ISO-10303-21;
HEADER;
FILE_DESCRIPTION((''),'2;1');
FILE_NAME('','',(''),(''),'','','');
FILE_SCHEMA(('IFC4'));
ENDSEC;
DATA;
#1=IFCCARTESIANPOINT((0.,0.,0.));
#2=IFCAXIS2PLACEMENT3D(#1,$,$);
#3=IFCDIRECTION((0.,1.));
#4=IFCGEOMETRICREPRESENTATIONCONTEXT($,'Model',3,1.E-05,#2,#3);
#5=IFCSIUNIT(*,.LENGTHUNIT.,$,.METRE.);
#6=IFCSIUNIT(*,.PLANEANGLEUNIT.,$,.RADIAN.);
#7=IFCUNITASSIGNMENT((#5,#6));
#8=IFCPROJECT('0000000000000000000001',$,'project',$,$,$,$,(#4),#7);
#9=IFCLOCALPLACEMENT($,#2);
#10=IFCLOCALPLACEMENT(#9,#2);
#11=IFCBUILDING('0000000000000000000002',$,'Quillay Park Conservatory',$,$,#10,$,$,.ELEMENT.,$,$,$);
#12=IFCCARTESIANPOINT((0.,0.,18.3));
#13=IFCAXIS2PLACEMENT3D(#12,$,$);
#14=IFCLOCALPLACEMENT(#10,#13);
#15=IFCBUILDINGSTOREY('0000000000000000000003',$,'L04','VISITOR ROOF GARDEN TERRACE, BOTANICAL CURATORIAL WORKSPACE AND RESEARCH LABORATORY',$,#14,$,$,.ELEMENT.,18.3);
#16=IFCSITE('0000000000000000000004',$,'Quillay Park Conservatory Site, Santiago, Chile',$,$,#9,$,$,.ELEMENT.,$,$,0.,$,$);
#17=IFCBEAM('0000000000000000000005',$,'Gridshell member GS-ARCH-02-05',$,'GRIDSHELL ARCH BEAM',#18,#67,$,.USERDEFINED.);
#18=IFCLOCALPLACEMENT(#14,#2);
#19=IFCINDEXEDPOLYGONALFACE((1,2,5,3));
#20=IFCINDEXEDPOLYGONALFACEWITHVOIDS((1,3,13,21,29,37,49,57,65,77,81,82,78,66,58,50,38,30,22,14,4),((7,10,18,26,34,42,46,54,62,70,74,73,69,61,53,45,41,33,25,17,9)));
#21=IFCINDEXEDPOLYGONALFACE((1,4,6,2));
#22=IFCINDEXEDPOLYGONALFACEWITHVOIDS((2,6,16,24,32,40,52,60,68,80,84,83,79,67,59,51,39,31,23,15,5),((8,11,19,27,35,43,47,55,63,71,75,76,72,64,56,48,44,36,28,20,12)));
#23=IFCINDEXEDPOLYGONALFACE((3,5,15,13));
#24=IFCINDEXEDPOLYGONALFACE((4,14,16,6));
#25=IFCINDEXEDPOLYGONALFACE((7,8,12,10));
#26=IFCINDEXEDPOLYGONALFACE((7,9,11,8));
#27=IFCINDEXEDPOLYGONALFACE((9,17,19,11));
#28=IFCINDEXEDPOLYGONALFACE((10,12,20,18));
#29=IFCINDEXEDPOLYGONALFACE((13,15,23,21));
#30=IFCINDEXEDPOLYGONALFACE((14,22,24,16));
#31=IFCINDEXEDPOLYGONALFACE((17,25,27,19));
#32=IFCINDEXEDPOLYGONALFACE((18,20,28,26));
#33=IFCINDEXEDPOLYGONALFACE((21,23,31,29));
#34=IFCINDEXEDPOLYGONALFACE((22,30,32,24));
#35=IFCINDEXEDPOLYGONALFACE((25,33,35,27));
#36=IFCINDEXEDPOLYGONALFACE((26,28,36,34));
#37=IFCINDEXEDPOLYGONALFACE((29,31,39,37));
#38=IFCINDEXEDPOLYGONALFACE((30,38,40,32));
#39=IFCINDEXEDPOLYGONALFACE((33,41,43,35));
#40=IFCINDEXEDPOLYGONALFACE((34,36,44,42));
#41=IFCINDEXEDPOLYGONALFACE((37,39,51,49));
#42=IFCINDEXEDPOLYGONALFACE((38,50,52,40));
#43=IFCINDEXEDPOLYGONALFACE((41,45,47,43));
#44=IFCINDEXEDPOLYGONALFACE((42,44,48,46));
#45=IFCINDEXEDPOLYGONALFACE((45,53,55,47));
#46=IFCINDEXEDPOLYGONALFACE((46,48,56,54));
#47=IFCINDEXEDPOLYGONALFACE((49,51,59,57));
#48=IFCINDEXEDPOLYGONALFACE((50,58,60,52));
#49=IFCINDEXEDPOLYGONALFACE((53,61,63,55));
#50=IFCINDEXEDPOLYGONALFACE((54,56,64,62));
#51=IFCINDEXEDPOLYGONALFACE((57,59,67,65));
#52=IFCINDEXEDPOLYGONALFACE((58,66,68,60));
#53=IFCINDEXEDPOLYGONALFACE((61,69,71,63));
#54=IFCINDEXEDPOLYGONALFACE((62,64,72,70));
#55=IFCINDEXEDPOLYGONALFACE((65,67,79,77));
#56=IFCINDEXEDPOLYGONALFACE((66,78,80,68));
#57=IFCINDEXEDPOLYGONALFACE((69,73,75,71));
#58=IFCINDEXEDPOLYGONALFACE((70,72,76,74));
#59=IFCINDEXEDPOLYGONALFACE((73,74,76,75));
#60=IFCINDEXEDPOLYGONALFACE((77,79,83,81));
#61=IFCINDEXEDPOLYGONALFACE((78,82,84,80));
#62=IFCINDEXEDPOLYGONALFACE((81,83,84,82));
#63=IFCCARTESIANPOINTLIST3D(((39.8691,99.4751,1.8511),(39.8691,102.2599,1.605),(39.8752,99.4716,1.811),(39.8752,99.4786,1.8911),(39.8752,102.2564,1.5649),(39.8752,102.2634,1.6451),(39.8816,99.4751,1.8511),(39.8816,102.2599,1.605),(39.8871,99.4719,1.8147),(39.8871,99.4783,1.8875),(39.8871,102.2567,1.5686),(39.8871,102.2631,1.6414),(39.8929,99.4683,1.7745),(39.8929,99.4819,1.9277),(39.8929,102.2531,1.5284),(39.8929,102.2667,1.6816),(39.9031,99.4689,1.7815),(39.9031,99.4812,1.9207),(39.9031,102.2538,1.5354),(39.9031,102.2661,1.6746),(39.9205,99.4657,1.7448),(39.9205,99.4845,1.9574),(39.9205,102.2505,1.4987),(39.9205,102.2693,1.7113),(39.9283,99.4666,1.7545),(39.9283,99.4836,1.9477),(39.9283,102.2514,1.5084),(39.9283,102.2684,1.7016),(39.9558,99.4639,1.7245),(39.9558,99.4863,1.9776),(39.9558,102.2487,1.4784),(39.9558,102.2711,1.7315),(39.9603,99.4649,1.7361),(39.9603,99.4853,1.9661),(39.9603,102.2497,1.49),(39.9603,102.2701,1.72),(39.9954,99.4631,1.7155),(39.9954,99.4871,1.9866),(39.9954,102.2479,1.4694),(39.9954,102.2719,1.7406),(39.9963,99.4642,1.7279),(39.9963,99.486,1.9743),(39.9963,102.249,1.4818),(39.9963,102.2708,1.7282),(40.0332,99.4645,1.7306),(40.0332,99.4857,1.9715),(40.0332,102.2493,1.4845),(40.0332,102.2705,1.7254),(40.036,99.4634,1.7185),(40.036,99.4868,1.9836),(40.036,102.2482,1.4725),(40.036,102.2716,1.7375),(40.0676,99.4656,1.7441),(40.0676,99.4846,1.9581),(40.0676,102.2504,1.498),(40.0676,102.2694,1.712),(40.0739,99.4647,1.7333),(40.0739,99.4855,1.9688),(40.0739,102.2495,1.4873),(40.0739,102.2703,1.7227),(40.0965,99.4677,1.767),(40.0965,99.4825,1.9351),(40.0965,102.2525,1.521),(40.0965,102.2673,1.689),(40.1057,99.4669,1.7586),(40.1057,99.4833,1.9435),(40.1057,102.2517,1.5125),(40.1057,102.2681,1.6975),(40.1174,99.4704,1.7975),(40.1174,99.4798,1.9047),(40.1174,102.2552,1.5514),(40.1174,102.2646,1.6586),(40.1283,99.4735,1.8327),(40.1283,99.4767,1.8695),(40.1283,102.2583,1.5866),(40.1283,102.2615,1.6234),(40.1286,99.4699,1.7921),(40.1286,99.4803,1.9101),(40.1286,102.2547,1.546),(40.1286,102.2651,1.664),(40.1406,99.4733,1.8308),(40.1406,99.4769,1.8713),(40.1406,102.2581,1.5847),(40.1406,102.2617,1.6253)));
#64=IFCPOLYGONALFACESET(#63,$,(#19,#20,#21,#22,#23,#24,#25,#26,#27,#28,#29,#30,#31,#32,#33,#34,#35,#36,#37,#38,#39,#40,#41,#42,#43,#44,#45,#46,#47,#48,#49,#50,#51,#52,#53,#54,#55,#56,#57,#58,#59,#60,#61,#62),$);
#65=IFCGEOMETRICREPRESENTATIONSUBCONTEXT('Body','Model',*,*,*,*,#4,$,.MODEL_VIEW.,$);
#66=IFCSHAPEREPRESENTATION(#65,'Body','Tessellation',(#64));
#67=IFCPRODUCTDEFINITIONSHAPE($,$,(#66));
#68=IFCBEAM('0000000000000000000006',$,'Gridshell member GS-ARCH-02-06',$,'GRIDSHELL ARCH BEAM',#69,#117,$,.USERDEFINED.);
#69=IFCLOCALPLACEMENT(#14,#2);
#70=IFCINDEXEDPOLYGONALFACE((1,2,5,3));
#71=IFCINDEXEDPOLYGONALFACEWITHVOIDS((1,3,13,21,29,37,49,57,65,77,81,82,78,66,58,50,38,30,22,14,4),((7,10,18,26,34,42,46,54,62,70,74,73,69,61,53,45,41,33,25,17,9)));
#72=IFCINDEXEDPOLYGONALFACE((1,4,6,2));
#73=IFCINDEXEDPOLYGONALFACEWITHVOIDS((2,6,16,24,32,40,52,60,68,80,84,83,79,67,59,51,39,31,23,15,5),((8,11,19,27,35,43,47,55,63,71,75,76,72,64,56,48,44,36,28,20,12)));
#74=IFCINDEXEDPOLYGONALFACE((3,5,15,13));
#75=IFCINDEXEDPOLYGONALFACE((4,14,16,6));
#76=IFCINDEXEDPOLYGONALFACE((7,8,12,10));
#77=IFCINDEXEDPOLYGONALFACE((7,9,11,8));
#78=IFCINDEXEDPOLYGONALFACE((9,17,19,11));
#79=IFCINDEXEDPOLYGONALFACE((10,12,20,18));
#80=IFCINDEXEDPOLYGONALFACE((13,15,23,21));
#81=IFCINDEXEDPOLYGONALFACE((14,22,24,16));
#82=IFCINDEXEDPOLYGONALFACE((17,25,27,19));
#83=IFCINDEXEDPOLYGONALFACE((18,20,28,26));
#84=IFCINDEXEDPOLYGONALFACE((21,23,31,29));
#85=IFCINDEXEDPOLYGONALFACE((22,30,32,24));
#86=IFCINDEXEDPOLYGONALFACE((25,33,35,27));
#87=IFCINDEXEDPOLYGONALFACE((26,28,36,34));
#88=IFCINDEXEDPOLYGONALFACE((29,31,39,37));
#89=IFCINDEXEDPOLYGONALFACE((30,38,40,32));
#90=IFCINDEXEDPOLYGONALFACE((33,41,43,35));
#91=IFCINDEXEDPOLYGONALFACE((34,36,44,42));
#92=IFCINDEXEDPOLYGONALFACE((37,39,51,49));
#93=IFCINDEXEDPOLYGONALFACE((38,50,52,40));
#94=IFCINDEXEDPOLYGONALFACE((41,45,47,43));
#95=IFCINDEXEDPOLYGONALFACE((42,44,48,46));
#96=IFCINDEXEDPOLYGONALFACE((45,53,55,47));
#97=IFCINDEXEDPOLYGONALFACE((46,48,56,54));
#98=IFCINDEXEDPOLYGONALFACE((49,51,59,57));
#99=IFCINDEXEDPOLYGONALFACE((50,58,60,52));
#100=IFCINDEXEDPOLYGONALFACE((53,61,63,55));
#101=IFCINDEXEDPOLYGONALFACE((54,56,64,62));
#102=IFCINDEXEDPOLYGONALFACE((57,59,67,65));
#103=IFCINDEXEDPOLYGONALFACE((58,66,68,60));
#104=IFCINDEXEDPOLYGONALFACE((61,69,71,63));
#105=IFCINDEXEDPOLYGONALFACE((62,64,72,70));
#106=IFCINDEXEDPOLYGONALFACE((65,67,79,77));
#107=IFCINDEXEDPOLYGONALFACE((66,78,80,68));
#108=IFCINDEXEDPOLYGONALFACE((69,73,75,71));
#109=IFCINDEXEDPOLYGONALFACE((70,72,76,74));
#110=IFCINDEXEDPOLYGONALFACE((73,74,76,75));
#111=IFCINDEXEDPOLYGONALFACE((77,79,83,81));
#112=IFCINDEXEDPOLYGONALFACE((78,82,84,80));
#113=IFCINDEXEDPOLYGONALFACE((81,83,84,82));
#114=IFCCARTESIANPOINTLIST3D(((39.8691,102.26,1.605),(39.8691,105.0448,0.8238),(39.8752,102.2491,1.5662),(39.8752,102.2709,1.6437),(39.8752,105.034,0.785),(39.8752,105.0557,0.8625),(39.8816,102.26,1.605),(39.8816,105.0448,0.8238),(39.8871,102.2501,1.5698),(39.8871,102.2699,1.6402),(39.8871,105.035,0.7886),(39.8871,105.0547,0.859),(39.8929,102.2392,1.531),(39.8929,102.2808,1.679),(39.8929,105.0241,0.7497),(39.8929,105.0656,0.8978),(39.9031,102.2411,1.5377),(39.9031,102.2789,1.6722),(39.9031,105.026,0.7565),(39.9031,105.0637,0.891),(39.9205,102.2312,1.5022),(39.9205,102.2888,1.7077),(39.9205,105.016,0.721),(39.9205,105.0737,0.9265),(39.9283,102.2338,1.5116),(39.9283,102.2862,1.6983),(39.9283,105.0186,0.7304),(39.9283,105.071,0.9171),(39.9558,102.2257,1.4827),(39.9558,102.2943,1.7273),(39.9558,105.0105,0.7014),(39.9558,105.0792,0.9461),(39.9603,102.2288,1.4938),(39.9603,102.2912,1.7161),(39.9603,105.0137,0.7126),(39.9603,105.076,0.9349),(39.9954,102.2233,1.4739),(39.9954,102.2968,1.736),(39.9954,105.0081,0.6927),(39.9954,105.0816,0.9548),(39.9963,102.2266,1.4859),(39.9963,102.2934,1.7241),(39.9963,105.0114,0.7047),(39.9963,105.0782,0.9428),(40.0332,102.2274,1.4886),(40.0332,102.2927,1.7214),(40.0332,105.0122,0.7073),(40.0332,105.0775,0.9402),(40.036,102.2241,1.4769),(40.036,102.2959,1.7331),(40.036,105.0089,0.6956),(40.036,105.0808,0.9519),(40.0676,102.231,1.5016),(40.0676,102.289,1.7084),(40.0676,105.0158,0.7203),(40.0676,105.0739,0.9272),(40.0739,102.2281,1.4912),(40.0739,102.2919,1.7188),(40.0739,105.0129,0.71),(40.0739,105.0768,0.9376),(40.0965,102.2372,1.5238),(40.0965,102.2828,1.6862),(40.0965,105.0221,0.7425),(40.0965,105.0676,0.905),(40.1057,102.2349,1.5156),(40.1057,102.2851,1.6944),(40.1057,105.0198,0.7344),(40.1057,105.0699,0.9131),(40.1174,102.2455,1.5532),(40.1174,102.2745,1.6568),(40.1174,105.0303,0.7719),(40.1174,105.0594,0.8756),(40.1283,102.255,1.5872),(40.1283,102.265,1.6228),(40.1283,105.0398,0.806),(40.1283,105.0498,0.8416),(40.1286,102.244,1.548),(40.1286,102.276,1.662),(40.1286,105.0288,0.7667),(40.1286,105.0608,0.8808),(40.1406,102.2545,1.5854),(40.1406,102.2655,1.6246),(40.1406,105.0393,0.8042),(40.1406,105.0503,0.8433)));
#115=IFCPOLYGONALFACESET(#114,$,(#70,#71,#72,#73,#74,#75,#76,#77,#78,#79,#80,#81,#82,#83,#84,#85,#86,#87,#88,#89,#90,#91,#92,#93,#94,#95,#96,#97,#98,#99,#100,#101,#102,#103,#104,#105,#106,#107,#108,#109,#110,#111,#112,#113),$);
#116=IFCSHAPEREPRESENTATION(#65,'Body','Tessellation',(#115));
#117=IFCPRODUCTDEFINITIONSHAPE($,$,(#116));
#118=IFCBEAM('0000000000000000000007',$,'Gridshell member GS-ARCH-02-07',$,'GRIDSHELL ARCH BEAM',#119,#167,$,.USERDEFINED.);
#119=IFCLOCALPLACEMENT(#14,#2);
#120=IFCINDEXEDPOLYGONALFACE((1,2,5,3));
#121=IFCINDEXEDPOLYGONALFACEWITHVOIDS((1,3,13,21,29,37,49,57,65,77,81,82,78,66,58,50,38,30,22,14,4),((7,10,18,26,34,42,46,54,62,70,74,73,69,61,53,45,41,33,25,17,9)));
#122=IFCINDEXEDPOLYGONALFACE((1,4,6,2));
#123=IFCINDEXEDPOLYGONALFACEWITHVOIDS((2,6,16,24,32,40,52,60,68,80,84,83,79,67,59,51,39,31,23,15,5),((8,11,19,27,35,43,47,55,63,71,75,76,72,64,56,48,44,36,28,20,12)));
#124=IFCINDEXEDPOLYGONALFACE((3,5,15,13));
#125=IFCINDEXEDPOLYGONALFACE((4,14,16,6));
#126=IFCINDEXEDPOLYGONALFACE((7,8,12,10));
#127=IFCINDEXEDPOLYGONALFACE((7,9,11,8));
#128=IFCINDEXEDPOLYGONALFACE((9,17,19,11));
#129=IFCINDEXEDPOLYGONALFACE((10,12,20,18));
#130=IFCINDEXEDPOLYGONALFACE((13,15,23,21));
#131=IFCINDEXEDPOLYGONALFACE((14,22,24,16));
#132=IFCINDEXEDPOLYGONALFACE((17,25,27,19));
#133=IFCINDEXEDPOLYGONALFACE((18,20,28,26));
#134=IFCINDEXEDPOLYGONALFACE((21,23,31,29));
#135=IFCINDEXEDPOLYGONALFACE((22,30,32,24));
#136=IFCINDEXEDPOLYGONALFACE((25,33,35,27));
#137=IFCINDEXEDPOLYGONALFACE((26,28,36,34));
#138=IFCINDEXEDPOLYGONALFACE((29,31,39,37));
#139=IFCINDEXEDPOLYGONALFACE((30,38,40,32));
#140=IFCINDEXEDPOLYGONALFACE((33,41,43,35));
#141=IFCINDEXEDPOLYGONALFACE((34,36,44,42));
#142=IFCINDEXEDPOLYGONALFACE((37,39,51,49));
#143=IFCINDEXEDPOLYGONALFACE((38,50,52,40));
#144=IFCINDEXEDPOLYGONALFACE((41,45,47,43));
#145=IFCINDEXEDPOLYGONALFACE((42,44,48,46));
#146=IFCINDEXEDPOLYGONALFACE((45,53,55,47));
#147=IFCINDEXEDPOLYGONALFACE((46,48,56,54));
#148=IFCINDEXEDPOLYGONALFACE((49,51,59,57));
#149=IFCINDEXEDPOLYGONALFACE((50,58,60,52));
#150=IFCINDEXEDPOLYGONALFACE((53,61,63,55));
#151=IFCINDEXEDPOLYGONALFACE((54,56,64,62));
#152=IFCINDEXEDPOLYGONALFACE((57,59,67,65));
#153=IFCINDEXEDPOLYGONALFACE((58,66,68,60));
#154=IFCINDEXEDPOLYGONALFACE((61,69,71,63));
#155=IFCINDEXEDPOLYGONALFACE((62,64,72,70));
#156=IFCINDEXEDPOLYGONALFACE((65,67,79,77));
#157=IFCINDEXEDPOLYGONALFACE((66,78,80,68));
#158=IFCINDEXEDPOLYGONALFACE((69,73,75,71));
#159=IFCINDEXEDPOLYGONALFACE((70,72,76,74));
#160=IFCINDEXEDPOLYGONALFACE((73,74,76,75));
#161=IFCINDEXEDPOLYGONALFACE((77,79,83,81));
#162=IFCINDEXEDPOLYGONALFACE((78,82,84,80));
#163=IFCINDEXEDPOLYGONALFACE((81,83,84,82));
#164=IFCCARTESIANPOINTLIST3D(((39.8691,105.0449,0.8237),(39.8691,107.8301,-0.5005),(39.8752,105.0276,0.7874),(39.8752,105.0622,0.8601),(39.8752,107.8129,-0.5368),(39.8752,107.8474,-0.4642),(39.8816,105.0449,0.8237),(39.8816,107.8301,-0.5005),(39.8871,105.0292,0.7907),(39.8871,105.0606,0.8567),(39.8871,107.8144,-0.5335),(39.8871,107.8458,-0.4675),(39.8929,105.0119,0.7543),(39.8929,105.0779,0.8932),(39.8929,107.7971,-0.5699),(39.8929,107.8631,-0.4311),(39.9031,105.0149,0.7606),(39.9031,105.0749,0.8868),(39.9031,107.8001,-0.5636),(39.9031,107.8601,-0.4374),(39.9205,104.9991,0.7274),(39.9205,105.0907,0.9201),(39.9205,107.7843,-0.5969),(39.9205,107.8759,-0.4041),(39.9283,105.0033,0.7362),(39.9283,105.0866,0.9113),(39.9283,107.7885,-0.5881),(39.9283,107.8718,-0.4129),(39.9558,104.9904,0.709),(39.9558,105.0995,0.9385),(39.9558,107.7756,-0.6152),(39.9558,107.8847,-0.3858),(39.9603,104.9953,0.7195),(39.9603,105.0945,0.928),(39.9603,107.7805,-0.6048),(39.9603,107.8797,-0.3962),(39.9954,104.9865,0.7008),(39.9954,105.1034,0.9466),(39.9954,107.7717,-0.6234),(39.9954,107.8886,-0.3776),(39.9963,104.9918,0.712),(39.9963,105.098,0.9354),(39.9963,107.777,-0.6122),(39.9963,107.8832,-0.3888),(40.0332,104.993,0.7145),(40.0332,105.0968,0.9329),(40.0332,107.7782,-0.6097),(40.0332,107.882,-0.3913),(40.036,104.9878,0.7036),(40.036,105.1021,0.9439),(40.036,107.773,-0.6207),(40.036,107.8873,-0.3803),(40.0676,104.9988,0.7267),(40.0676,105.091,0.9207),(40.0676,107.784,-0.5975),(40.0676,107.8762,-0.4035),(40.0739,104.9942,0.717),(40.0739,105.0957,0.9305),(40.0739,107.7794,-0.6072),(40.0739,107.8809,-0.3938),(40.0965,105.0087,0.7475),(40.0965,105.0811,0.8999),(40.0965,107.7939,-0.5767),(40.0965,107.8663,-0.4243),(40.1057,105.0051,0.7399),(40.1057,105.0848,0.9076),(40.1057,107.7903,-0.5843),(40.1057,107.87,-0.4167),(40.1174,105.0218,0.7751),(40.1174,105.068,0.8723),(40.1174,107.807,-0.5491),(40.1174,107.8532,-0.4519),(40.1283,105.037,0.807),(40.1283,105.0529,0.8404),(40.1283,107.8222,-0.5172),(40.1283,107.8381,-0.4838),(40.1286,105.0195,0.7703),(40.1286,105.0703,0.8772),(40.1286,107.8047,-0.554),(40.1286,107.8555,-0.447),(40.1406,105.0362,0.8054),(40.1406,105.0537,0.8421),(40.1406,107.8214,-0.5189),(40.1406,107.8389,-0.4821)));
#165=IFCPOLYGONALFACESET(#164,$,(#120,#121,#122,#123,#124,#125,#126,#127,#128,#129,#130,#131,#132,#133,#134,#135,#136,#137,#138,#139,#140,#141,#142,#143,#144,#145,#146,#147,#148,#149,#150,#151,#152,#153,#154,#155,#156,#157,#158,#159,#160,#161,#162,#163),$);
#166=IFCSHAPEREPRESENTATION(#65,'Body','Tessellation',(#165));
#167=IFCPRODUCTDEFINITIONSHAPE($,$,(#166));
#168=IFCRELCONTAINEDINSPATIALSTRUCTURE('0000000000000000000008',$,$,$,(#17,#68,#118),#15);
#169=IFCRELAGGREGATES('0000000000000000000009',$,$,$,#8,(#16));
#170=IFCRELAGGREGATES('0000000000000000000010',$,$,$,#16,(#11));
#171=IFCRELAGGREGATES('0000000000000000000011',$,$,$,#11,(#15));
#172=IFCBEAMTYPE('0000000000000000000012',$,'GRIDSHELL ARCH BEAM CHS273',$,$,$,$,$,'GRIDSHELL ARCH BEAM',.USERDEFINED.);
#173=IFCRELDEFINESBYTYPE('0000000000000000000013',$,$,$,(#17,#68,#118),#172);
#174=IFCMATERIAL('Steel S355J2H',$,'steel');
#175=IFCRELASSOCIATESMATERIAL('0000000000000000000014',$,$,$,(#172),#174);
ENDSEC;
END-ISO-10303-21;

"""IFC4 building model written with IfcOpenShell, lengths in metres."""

from ifc_helpers import new_model, si_unit, direction, frame, origin, origin_2d, place, context, subcontext, project, spatial, hollow_circle, extrude, material, material_profile, profile_set, type_object, element, save


model = new_model("IFC4")

# Units and contexts
model_context = context("Model", 3, precision=1e-05, world=origin(), true_north=direction((0.0, 1.0)))
body_context = subcontext(model_context, "Body", "Model", "MODEL_VIEW")
ifc_project = project(units=[si_unit("LENGTHUNIT", "METRE"), si_unit("PLANEANGLEUNIT", "RADIAN")], contexts=[model_context])

# Site, building, storey
site_placement = place(None, origin())
site = spatial("IfcSite", under=ifc_project, at=site_placement, Name="Quillay Park Conservatory Site, Santiago, Chile", CompositionType="ELEMENT", RefElevation=0.0)
building_placement = place(site_placement, origin())
building = spatial("IfcBuilding", under=site, at=building_placement, Name="Quillay Park Conservatory", CompositionType="ELEMENT")
storey_placement = place(building_placement, frame((0.0, 0.0, 18.3)))
storey = spatial("IfcBuildingStorey", under=building, at=storey_placement, Name="L04", Description="VISITOR ROOF GARDEN TERRACE, BOTANICAL CURATORIAL WORKSPACE AND RESEARCH LABORATORY", CompositionType="ELEMENT", Elevation=18.3)

# Beams
ifc_material_1 = material(Name="Steel S355J2H", Category="steel")
ifc_material_profile_1 = material_profile(ifc_material_1, hollow_circle(Radius=0.1365, WallThickness=0.0125, at=origin_2d()), Name="CHS273x12.5")
ifc_profile_set_1 = profile_set([ifc_material_profile_1], Name="Steel S355J2H")
beam_type = type_object("IfcBeamType", Name="GRIDSHELL ARCH BEAM CHS273", ElementType="GRIDSHELL ARCH BEAM", PredefinedType="USERDEFINED", material=ifc_profile_set_1)
beam_1_placement = place(storey_placement, frame((40.0056, 99.4751, 1.8511), z_axis=(0.0, 0.996118, -0.088024), x_axis=(-1.0, 0.0, 0.0)))
element("IfcBeam", 1, at=beam_1_placement, inside=storey, type_object=beam_type, Name="Gridshell member GS-ARCH-02-05", ObjectType="GRIDSHELL ARCH BEAM", PredefinedType="USERDEFINED", context=body_context, shape_type="SweptSolid", body=[
    extrude(hollow_circle(Radius=0.1365, WallThickness=0.0125, at=origin_2d()), origin(), (0.0, 0.0, 1.0), 2.7957),
])
beam_2_placement = place(storey_placement, frame((40.0056, 102.26, 1.605), z_axis=(0.0, 0.962832, -0.270103), x_axis=(-1.0, 0.0, 0.0)))
element("IfcBeam", 2, at=beam_2_placement, inside=storey, type_object=beam_type, Name="Gridshell member GS-ARCH-02-06", ObjectType="GRIDSHELL ARCH BEAM", PredefinedType="USERDEFINED", context=body_context, shape_type="SweptSolid", body=[
    extrude(hollow_circle(Radius=0.1365, WallThickness=0.0125, at=origin_2d()), origin(), (0.0, 0.0, 1.0), 2.8923),
])
beam_3_placement = place(storey_placement, frame((40.0056, 105.0449, 0.8237), z_axis=(0.0, 0.903118, -0.429393), x_axis=(-1.0, 0.0, 0.0)))
element("IfcBeam", 3, at=beam_3_placement, inside=storey, type_object=beam_type, Name="Gridshell member GS-ARCH-02-07", ObjectType="GRIDSHELL ARCH BEAM", PredefinedType="USERDEFINED", context=body_context, shape_type="SweptSolid", body=[
    extrude(hollow_circle(Radius=0.1365, WallThickness=0.0125, at=origin_2d()), origin(), (0.0, 0.0, 1.0), 3.084),
])

save(model, "model.ifc")
